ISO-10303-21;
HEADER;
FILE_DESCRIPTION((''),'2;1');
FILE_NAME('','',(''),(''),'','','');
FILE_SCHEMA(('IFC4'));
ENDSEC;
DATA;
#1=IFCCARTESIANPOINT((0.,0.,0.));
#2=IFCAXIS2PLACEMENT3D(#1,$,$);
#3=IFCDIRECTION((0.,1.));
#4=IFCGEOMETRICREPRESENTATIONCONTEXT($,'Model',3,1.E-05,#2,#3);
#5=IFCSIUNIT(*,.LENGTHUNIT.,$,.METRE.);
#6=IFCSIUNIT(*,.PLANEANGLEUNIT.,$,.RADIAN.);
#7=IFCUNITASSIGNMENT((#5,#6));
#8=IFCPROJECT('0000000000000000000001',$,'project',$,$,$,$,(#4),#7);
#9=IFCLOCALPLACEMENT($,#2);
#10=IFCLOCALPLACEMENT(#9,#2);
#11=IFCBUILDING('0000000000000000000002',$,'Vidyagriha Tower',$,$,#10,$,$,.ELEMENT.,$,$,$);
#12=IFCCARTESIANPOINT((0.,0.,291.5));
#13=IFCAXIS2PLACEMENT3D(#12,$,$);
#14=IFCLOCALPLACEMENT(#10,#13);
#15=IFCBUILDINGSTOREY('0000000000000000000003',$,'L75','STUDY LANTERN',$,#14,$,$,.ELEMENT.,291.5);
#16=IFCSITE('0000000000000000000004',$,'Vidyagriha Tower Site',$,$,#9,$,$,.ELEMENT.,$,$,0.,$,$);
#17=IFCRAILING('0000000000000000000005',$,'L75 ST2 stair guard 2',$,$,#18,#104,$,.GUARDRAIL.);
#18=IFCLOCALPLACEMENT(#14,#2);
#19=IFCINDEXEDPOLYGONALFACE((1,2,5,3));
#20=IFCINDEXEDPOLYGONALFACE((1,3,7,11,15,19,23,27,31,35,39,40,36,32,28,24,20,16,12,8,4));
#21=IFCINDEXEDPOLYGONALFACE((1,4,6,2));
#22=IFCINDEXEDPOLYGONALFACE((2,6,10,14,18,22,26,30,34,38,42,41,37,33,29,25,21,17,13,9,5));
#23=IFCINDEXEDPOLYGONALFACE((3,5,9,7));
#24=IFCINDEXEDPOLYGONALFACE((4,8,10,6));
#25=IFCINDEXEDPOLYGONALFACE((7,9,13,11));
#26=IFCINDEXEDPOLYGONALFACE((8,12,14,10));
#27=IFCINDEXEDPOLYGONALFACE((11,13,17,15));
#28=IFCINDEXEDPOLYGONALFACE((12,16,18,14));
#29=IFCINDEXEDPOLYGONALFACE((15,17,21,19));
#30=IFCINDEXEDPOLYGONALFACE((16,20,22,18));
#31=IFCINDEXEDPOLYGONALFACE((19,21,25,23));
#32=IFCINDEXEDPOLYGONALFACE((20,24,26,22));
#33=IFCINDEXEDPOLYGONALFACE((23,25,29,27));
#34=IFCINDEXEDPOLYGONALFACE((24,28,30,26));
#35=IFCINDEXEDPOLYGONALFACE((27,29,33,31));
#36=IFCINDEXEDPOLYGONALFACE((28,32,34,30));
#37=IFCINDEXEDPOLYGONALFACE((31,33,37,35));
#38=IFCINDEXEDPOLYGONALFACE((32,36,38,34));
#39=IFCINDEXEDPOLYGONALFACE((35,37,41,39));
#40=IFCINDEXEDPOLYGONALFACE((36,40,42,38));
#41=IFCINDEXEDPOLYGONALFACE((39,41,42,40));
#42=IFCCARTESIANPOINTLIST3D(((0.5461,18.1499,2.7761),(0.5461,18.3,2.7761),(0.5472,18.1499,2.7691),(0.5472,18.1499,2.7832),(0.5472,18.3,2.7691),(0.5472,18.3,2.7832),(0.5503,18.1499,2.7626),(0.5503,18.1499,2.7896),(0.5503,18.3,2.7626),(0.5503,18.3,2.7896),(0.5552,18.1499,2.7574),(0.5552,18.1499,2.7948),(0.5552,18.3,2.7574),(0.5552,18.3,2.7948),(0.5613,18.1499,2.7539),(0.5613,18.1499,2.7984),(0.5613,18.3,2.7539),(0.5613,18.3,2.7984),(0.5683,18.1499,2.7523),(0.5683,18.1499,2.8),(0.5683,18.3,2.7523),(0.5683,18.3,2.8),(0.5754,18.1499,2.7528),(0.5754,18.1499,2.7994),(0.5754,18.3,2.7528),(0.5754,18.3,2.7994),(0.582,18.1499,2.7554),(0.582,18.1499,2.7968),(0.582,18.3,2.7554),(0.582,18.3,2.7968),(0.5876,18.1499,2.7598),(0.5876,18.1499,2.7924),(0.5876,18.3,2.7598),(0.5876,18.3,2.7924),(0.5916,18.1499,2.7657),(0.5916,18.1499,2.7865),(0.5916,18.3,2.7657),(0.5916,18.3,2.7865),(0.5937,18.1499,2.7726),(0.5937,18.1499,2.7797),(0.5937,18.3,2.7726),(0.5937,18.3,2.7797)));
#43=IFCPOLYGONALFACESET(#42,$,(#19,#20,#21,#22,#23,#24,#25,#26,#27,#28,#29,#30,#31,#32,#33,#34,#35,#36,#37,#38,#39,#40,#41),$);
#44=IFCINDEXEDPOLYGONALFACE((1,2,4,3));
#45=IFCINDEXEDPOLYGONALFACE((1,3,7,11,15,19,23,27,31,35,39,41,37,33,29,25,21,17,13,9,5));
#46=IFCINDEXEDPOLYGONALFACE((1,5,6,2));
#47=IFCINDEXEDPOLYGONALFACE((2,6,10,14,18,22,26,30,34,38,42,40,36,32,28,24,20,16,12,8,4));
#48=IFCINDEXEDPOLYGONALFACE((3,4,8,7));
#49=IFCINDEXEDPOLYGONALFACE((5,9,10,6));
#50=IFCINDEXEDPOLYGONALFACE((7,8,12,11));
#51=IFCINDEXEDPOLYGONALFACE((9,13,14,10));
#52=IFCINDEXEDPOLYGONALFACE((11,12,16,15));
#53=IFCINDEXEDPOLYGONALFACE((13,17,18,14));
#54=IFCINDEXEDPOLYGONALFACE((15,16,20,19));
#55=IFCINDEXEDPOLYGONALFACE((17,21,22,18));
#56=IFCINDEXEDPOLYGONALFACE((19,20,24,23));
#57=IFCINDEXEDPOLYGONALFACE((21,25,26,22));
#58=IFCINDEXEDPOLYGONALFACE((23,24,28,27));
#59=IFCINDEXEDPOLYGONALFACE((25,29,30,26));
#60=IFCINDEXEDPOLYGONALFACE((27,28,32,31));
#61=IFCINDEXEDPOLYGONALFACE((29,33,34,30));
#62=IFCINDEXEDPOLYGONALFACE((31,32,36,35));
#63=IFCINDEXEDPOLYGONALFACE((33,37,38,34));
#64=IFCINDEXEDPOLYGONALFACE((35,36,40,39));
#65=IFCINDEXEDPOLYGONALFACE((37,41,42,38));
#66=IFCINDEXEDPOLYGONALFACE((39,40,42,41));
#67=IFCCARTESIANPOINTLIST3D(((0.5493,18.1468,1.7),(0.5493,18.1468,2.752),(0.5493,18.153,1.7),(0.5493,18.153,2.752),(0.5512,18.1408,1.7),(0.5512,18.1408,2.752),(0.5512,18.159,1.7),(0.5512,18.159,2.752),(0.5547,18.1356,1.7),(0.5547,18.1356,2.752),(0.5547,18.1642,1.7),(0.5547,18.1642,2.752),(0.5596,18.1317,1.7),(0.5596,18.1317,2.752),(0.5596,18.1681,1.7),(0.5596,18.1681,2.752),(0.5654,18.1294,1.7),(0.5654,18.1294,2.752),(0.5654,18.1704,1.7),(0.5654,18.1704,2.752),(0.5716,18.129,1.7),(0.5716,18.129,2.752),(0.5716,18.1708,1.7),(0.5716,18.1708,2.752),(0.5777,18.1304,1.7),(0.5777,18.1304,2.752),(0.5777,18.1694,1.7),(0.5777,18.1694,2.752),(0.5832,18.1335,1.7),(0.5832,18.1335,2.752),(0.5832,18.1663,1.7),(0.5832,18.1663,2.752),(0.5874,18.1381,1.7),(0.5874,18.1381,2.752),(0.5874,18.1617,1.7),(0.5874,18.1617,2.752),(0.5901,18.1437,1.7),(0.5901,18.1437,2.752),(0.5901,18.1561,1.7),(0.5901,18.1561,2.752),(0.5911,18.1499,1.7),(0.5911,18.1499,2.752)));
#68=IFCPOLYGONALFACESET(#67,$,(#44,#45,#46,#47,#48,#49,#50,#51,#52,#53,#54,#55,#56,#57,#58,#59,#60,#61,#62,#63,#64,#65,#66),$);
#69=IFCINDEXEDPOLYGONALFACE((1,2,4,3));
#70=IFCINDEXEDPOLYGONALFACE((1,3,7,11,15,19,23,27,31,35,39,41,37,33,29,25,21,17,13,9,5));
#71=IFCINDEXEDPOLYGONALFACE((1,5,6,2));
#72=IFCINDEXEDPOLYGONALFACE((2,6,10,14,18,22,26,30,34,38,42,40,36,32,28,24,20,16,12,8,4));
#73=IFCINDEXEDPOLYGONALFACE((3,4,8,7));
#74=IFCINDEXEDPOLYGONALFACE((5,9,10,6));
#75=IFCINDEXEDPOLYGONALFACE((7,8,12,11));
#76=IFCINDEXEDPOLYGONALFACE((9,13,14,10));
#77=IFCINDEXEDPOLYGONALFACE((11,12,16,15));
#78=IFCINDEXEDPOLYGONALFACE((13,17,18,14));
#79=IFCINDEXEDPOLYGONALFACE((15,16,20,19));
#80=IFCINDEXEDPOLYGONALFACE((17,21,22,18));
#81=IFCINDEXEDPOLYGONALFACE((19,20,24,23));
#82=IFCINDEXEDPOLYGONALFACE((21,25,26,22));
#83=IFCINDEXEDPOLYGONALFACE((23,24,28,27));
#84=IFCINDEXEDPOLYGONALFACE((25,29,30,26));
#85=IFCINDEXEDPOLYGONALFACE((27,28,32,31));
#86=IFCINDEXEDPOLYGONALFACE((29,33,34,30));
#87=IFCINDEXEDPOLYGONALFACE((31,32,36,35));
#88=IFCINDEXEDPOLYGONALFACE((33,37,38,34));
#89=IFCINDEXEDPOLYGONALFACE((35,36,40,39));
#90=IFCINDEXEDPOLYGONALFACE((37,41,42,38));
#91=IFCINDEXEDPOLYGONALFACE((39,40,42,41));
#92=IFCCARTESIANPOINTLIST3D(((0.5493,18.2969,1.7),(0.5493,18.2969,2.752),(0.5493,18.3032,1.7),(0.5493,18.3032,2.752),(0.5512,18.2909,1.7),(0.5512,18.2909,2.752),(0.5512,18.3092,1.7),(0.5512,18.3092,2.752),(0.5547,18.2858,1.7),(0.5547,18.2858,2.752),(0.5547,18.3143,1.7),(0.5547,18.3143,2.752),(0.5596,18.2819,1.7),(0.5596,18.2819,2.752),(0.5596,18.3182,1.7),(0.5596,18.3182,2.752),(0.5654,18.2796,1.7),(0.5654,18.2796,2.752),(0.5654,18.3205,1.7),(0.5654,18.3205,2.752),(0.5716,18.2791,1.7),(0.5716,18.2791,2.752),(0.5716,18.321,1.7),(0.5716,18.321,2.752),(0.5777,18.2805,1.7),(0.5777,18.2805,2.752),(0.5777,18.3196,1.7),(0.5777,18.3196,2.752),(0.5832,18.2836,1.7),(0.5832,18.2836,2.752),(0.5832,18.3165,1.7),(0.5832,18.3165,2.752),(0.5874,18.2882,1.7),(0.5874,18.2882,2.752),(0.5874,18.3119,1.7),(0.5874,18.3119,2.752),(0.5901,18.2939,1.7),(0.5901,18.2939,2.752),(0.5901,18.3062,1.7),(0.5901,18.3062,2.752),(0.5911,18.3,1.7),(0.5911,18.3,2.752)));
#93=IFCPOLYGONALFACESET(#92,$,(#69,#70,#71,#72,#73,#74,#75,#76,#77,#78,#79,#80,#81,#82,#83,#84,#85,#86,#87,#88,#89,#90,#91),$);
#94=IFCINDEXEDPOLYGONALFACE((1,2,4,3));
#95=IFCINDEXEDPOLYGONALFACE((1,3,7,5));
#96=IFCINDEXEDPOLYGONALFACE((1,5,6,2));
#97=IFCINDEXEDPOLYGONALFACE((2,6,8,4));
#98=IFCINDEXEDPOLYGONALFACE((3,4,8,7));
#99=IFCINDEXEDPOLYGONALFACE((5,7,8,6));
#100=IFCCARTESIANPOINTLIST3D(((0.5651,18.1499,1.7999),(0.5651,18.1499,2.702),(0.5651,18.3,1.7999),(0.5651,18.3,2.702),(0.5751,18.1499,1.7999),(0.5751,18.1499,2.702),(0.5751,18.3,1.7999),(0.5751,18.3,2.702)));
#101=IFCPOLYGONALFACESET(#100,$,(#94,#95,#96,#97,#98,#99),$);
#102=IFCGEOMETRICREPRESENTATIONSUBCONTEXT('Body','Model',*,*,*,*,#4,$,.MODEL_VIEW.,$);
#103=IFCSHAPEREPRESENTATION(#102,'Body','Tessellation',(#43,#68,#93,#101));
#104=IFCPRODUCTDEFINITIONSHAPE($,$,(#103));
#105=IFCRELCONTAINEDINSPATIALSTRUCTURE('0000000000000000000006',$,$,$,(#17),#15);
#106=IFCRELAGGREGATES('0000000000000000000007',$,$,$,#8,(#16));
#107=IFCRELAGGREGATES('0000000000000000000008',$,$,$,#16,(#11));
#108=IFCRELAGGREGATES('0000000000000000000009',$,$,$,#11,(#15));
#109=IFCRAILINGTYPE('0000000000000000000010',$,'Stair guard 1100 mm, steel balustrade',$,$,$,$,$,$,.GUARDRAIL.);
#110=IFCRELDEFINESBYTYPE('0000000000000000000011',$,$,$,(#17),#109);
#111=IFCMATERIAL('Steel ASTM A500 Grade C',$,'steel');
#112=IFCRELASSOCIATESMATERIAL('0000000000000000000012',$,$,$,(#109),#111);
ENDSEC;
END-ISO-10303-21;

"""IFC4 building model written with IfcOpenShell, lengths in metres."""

from ifc_helpers import new_model, si_unit, direction, frame, origin, origin_2d, place, context, subcontext, project, spatial, rectangle, circle, extrude, material, type_object, element, save


model = new_model("IFC4")

# Units and contexts
model_context = context("Model", 3, precision=1e-05, world=origin(), true_north=direction((0.0, 1.0)))
body_context = subcontext(model_context, "Body", "Model", "MODEL_VIEW")
ifc_project = project(units=[si_unit("LENGTHUNIT", "METRE"), si_unit("PLANEANGLEUNIT", "RADIAN")], contexts=[model_context])

# Site, building, storey
site_placement = place(None, origin())
site = spatial("IfcSite", under=ifc_project, at=site_placement, Name="Vidyagriha Tower Site", CompositionType="ELEMENT", RefElevation=0.0)
building_placement = place(site_placement, origin())
building = spatial("IfcBuilding", under=site, at=building_placement, Name="Vidyagriha Tower", CompositionType="ELEMENT")
storey_placement = place(building_placement, frame((0.0, 0.0, 291.5)))
storey = spatial("IfcBuildingStorey", under=building, at=storey_placement, Name="L75", Description="STUDY LANTERN", CompositionType="ELEMENT", Elevation=291.5)

# Railing
ifc_material_1 = material(Name="Steel ASTM A500 Grade C", Category="steel")
railing_type_1 = type_object("IfcRailingType", Name="Stair guard 1100 mm, steel balustrade", PredefinedType="GUARDRAIL", material=ifc_material_1)
railing_1_placement = place(storey_placement, frame((0.5701, 18.1499, 1.7)))
element("IfcRailing", 1, at=railing_1_placement, inside=storey, type_object=railing_type_1, Name="L75 ST2 stair guard 2", PredefinedType="GUARDRAIL", context=body_context, shape_type="SweptSolid", body=[
    extrude(circle(Radius=0.0239, at=origin_2d()), frame((0.0, 0.0, 1.0762), z_axis=(0.0, 1.0, 0.0), x_axis=(-1.0, 0.0, 0.0)), (0.0, 0.0, 1.0), 0.1501),
    extrude(circle(Radius=0.021, at=origin_2d()), origin(), (0.0, 0.0, 1.0), 1.052),
    extrude(circle(Radius=0.021, at=origin_2d()), frame((0.0, 0.1501, 0.0)), (0.0, 0.0, 1.0), 1.052),
    extrude(rectangle(XDim=0.01, YDim=0.9021, at=origin_2d()), frame((0.0, 0.0, 0.551), z_axis=(0.0, 1.0, 0.0), x_axis=(-1.0, 0.0, 0.0)), (0.0, 0.0, 1.0), 0.1501),
])

save(model, "model.ifc")
